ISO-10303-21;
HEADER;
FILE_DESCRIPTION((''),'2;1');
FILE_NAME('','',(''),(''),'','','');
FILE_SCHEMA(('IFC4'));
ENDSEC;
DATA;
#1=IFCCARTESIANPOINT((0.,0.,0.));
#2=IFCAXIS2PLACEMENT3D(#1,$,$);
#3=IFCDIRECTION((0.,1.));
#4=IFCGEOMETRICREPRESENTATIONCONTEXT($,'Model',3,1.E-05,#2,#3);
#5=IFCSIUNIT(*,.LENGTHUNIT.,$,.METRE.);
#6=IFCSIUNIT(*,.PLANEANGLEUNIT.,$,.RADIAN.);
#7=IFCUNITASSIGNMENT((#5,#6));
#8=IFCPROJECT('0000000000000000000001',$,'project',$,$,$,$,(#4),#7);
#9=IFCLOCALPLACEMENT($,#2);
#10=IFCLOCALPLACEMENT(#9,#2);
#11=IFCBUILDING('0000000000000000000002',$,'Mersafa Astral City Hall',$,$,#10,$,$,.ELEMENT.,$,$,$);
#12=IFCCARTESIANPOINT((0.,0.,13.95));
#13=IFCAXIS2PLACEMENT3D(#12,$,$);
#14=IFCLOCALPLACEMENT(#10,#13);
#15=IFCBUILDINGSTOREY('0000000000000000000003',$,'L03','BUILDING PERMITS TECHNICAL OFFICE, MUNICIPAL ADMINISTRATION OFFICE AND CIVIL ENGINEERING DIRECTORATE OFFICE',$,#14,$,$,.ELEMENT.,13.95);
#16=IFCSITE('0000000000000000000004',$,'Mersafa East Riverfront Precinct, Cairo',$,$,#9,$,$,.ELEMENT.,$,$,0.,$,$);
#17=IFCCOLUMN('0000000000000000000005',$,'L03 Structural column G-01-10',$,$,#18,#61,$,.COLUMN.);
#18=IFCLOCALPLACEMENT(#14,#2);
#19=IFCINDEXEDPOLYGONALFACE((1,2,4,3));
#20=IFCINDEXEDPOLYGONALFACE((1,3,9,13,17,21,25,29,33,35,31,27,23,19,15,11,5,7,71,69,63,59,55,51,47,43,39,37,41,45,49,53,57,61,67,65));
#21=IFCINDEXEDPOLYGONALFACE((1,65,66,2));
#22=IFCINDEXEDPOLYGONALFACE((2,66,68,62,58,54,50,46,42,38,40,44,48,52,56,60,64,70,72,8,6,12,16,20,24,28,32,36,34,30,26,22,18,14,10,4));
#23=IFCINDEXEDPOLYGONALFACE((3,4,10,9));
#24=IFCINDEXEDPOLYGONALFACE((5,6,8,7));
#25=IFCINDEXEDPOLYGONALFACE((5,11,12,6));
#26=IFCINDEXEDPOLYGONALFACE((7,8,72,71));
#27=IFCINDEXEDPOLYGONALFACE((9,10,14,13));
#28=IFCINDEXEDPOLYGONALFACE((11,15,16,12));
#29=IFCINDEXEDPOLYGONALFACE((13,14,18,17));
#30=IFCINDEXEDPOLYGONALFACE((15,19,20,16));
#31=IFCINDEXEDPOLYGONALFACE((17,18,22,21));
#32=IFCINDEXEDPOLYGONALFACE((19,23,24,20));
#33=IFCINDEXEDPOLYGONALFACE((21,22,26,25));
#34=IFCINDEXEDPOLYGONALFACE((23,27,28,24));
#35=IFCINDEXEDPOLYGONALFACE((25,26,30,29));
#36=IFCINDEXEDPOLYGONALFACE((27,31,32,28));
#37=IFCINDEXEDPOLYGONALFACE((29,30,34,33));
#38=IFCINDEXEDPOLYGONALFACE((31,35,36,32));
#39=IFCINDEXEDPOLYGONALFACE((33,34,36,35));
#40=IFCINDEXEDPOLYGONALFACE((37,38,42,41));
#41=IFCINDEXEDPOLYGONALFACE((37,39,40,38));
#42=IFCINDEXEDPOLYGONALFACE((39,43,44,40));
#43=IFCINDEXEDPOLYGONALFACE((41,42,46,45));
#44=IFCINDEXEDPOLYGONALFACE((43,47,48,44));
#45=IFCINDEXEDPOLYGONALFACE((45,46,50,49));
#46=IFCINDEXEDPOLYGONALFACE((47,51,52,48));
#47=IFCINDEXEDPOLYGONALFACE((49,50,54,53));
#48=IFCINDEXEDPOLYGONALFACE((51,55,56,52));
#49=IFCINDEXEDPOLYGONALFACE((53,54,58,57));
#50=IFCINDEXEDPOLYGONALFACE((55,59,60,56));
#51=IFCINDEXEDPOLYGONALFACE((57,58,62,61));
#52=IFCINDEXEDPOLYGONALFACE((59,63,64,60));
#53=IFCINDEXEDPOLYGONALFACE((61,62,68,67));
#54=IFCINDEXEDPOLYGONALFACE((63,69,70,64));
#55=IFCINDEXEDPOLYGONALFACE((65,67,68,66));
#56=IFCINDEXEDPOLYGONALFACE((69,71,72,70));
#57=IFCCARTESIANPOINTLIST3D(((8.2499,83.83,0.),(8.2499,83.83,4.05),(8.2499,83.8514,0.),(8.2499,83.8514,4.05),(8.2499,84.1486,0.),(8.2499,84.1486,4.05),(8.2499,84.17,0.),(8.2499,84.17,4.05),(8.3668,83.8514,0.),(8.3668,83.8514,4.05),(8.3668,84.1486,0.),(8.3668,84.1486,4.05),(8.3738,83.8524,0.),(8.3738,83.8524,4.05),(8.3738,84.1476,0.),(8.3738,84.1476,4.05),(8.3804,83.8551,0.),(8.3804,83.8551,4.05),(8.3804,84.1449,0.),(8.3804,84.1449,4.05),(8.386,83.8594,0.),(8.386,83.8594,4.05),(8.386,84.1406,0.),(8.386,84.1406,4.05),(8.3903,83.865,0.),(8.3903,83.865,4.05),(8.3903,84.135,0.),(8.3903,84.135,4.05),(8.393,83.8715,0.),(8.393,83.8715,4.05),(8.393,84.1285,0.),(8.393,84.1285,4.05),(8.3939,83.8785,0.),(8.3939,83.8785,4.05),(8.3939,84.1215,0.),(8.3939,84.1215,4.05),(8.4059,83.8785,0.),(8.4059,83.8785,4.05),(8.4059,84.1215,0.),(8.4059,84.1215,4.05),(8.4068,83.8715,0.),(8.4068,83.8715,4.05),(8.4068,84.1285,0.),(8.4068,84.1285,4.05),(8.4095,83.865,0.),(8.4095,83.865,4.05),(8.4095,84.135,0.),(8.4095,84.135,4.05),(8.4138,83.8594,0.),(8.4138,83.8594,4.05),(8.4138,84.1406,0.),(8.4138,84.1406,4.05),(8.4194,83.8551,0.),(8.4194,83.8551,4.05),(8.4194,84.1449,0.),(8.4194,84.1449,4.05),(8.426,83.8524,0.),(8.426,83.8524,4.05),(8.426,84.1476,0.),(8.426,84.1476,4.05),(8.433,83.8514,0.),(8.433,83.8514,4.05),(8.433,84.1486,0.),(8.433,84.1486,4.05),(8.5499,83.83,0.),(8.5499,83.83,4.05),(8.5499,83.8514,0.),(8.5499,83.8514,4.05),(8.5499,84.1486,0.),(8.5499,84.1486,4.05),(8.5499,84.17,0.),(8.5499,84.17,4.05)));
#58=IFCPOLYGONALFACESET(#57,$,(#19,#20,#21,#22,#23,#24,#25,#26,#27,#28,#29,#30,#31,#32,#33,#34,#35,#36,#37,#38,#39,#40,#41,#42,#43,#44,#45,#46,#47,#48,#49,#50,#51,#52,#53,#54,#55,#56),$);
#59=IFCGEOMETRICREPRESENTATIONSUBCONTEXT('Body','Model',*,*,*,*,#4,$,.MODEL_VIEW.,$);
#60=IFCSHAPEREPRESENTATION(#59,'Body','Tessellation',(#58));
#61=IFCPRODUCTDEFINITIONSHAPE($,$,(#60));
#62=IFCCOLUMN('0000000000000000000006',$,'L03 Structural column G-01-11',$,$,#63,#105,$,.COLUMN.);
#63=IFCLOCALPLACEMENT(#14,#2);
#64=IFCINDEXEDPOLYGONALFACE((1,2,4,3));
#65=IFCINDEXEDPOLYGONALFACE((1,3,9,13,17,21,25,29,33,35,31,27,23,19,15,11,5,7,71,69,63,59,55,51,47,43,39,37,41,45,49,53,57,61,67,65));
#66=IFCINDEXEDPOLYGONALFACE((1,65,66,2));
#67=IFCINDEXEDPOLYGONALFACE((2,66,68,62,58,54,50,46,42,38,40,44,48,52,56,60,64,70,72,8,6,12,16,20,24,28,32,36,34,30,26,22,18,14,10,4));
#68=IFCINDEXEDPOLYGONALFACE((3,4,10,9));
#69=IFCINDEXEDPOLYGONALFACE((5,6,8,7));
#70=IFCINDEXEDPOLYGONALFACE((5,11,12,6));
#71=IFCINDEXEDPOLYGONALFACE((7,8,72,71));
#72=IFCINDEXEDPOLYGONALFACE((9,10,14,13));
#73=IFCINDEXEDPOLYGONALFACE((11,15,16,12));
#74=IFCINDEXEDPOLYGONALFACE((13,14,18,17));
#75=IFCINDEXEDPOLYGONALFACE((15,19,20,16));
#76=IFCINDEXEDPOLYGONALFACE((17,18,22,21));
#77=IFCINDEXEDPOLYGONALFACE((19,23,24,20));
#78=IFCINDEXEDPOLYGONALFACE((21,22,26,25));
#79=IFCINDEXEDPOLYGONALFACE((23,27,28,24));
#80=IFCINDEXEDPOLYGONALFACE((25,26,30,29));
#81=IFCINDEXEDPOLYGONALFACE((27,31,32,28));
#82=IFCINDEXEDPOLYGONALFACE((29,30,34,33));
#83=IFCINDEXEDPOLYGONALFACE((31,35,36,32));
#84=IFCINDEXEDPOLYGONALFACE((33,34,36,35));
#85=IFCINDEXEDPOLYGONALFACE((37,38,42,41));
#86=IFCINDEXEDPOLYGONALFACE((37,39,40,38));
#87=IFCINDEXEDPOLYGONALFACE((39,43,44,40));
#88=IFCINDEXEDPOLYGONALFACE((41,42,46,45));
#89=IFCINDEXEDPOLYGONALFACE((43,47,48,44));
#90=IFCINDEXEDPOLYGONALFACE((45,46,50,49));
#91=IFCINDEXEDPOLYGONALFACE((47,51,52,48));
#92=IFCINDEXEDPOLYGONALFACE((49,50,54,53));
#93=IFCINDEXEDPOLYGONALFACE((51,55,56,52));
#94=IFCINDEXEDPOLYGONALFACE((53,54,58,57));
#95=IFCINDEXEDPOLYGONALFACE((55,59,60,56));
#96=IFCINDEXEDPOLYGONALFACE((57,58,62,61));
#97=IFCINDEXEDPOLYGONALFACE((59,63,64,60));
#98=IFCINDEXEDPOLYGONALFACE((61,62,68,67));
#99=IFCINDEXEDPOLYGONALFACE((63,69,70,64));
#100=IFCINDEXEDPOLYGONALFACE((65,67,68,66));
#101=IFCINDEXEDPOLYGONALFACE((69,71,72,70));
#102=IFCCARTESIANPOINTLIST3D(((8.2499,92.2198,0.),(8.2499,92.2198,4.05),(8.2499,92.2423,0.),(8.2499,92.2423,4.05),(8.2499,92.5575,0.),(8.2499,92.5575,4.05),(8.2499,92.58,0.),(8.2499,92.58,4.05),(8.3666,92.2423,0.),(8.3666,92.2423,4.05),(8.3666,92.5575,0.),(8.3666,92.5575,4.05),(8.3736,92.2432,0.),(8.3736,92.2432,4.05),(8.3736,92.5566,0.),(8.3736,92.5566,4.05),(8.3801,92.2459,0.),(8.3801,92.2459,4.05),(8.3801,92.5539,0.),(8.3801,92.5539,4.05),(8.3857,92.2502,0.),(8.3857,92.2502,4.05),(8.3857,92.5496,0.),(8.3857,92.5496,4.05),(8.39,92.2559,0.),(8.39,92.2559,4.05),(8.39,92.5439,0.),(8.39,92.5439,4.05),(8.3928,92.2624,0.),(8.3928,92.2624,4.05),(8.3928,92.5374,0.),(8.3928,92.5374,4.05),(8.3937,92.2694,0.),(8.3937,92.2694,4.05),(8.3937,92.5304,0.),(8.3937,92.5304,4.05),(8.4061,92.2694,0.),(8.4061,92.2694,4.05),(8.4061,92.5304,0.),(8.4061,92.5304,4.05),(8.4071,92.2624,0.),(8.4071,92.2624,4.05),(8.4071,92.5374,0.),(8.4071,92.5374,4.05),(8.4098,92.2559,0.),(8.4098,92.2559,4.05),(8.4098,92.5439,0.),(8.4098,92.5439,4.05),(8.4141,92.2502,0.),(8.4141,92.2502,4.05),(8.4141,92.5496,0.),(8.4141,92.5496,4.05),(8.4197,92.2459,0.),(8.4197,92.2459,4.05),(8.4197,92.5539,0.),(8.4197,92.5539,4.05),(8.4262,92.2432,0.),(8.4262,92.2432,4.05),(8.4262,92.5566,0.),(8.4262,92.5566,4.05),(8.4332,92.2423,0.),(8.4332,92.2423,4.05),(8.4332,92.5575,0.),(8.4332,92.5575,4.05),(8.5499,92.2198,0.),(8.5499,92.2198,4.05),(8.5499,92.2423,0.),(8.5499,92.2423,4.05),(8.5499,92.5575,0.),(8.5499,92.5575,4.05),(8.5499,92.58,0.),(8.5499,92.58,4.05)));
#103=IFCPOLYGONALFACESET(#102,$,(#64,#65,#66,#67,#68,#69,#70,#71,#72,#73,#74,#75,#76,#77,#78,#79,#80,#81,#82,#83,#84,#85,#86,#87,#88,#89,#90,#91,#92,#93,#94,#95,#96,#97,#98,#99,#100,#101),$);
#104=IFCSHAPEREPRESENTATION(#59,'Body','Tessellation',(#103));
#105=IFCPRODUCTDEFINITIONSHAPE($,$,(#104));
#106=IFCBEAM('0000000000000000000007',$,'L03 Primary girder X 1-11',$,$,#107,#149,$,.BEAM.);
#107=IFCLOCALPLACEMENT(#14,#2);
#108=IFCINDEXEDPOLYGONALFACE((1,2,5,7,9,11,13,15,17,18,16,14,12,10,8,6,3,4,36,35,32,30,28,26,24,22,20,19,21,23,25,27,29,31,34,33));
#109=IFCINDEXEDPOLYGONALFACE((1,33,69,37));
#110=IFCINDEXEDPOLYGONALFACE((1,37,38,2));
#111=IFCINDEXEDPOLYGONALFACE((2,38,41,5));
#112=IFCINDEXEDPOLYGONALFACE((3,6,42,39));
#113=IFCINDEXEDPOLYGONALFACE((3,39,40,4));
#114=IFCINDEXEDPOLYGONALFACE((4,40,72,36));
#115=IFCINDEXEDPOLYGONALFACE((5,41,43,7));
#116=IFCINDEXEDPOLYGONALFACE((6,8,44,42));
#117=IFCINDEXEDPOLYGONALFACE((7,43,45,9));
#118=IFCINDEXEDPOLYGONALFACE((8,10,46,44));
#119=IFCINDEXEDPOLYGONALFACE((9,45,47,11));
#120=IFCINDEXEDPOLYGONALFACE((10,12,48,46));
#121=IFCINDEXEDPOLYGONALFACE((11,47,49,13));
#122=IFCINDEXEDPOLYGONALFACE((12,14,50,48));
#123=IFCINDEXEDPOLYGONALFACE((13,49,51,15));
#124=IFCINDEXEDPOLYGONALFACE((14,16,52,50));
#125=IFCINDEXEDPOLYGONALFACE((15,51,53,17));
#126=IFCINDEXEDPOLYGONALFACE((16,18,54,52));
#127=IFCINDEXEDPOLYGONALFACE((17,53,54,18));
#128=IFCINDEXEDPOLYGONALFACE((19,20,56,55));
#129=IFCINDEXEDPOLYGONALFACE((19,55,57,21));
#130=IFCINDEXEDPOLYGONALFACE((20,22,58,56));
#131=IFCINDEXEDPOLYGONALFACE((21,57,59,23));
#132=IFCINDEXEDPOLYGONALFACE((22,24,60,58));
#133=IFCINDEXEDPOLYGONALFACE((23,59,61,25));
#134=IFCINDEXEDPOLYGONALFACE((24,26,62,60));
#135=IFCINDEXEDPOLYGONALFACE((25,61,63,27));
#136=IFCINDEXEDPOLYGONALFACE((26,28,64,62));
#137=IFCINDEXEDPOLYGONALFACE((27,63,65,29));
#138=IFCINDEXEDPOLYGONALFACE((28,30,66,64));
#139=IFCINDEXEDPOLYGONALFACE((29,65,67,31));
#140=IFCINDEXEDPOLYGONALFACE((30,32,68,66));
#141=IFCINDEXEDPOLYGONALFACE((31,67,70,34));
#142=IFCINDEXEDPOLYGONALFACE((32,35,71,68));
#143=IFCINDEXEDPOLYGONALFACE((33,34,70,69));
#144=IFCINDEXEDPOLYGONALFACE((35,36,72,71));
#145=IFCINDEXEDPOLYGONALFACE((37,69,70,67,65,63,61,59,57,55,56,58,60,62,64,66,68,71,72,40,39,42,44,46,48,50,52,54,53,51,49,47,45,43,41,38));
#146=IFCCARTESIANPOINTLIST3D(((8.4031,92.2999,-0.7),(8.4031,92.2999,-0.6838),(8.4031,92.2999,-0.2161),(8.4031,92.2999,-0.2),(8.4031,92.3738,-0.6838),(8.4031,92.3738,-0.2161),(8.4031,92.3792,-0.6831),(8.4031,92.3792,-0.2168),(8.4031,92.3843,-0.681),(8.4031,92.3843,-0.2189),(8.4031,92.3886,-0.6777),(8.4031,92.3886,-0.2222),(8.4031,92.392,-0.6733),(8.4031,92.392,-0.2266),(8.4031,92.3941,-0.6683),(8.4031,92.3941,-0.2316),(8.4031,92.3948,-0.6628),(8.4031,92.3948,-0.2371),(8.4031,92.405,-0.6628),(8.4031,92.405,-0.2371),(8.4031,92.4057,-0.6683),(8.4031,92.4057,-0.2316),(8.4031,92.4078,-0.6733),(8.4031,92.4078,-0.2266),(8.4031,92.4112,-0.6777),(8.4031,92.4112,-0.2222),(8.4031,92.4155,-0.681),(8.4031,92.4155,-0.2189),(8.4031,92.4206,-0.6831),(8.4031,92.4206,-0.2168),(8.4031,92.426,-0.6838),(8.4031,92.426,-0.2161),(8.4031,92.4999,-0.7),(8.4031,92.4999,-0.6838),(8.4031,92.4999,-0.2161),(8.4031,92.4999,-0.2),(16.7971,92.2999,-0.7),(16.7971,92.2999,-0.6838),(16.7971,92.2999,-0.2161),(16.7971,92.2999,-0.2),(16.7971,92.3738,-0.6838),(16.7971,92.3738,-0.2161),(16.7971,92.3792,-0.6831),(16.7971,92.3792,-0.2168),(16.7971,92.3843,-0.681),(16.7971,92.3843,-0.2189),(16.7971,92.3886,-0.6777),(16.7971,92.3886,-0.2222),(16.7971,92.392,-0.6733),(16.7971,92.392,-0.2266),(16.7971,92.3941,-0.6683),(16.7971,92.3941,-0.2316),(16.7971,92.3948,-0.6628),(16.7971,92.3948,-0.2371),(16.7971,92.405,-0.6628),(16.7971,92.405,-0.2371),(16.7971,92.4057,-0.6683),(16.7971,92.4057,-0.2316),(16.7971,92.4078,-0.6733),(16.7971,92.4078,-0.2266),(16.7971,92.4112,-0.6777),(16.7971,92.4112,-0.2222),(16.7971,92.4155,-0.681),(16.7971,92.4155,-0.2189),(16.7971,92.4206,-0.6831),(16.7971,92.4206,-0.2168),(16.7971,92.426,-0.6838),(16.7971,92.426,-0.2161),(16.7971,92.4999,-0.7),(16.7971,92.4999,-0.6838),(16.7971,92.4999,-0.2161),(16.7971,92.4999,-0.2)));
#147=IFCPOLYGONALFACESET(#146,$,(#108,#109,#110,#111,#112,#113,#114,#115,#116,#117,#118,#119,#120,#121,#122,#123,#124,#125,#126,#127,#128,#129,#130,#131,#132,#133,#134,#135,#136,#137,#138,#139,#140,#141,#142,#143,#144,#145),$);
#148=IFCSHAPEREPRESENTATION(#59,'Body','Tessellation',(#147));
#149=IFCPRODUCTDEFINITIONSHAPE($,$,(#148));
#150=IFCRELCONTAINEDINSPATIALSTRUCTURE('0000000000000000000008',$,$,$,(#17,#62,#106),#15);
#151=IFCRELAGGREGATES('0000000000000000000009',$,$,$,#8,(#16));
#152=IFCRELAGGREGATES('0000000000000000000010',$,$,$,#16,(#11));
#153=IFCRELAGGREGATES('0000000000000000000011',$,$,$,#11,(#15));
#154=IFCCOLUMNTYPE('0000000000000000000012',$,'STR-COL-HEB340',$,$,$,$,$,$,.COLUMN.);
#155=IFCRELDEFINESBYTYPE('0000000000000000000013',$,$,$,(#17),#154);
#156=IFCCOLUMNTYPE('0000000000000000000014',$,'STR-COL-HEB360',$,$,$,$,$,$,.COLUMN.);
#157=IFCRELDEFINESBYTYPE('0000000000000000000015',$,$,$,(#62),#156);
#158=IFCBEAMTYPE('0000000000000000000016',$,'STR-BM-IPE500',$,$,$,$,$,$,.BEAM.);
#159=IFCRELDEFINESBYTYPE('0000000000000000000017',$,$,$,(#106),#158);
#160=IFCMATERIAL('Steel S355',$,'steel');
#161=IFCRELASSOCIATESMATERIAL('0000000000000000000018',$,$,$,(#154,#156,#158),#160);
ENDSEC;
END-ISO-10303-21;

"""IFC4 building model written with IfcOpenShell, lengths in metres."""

from ifc_helpers import new_model, si_unit, direction, frame, origin, origin_2d, place, context, subcontext, project, spatial, i_section, extrude, material, material_profile, profile_set, type_object, element, save


model = new_model("IFC4")

# Units and contexts
model_context = context("Model", 3, precision=1e-05, world=origin(), true_north=direction((0.0, 1.0)))
body_context = subcontext(model_context, "Body", "Model", "MODEL_VIEW")
ifc_project = project(units=[si_unit("LENGTHUNIT", "METRE"), si_unit("PLANEANGLEUNIT", "RADIAN")], contexts=[model_context])

# Site, building, storey
site_placement = place(None, origin())
site = spatial("IfcSite", under=ifc_project, at=site_placement, Name="Mersafa East Riverfront Precinct, Cairo", CompositionType="ELEMENT", RefElevation=0.0)
building_placement = place(site_placement, origin())
building = spatial("IfcBuilding", under=site, at=building_placement, Name="Mersafa Astral City Hall", CompositionType="ELEMENT")
storey_placement = place(building_placement, frame((0.0, 0.0, 13.95)))
storey = spatial("IfcBuildingStorey", under=building, at=storey_placement, Name="L03", Description="BUILDING PERMITS TECHNICAL OFFICE, MUNICIPAL ADMINISTRATION OFFICE AND CIVIL ENGINEERING DIRECTORATE OFFICE", CompositionType="ELEMENT", Elevation=13.95)

# Columns
ifc_material_1 = material(Name="Steel S355", Category="steel")
ifc_material_profile_1 = material_profile(ifc_material_1, i_section(OverallWidth=0.3, OverallDepth=0.3401, WebThickness=0.012, FlangeThickness=0.0215, FilletRadius=0.0271, at=origin_2d()), Name="HEB 340")
ifc_profile_set_1 = profile_set([ifc_material_profile_1], Name="Steel S355")
column_type_1 = type_object("IfcColumnType", Name="STR-COL-HEB340", PredefinedType="COLUMN", material=ifc_profile_set_1)
column_1_placement = place(storey_placement, frame((8.3999, 84.0, 0.0), z_axis=(0.0, 0.0, 1.0), x_axis=(1.0, 0.0, 0.0)))
element("IfcColumn", 1, at=column_1_placement, inside=storey, type_object=column_type_1, Name="L03 Structural column G-01-10", PredefinedType="COLUMN", context=body_context, shape_type="SweptSolid", body=[
    extrude(i_section(OverallWidth=0.3, OverallDepth=0.3401, WebThickness=0.012, FlangeThickness=0.0215, FilletRadius=0.0271, at=origin_2d()), origin(), (0.0, 0.0, 1.0), 4.05),
])
ifc_material_profile_2 = material_profile(ifc_material_1, i_section(OverallWidth=0.3, OverallDepth=0.3601, WebThickness=0.0125, FlangeThickness=0.0225, FilletRadius=0.0271, at=origin_2d()), Name="HEB 360")
ifc_profile_set_2 = profile_set([ifc_material_profile_2], Name="Steel S355")
column_type_2 = type_object("IfcColumnType", Name="STR-COL-HEB360", PredefinedType="COLUMN", material=ifc_profile_set_2)
column_2_placement = place(storey_placement, frame((8.3999, 92.3999, 0.0), z_axis=(0.0, 0.0, 1.0), x_axis=(1.0, 0.0, 0.0)))
element("IfcColumn", 2, at=column_2_placement, inside=storey, type_object=column_type_2, Name="L03 Structural column G-01-11", PredefinedType="COLUMN", context=body_context, shape_type="SweptSolid", body=[
    extrude(i_section(OverallWidth=0.3, OverallDepth=0.3601, WebThickness=0.0125, FlangeThickness=0.0225, FilletRadius=0.0271, at=origin_2d()), origin(), (0.0, 0.0, 1.0), 4.05),
])

# Beam
ifc_material_profile_3 = material_profile(ifc_material_1, i_section(OverallWidth=0.2, OverallDepth=0.5, WebThickness=0.0103, FlangeThickness=0.0161, FilletRadius=0.021, at=origin_2d()), Name="IPE 500")
ifc_profile_set_3 = profile_set([ifc_material_profile_3], Name="Steel S355")
beam_type_1 = type_object("IfcBeamType", Name="STR-BM-IPE500", PredefinedType="BEAM", material=ifc_profile_set_3)
beam_1_placement = place(storey_placement, frame((8.4031, 92.3999, -0.45), z_axis=(1.0, 0.0, 0.0), x_axis=(0.0, 1.0, 0.0)))
element("IfcBeam", 3, at=beam_1_placement, inside=storey, type_object=beam_type_1, Name="L03 Primary girder X 1-11", PredefinedType="BEAM", context=body_context, shape_type="SweptSolid", body=[
    extrude(i_section(OverallWidth=0.2, OverallDepth=0.5, WebThickness=0.0103, FlangeThickness=0.0161, FilletRadius=0.021, at=origin_2d()), origin(), (0.0, 0.0, 1.0), 8.394),
])

save(model, "model.ifc")
